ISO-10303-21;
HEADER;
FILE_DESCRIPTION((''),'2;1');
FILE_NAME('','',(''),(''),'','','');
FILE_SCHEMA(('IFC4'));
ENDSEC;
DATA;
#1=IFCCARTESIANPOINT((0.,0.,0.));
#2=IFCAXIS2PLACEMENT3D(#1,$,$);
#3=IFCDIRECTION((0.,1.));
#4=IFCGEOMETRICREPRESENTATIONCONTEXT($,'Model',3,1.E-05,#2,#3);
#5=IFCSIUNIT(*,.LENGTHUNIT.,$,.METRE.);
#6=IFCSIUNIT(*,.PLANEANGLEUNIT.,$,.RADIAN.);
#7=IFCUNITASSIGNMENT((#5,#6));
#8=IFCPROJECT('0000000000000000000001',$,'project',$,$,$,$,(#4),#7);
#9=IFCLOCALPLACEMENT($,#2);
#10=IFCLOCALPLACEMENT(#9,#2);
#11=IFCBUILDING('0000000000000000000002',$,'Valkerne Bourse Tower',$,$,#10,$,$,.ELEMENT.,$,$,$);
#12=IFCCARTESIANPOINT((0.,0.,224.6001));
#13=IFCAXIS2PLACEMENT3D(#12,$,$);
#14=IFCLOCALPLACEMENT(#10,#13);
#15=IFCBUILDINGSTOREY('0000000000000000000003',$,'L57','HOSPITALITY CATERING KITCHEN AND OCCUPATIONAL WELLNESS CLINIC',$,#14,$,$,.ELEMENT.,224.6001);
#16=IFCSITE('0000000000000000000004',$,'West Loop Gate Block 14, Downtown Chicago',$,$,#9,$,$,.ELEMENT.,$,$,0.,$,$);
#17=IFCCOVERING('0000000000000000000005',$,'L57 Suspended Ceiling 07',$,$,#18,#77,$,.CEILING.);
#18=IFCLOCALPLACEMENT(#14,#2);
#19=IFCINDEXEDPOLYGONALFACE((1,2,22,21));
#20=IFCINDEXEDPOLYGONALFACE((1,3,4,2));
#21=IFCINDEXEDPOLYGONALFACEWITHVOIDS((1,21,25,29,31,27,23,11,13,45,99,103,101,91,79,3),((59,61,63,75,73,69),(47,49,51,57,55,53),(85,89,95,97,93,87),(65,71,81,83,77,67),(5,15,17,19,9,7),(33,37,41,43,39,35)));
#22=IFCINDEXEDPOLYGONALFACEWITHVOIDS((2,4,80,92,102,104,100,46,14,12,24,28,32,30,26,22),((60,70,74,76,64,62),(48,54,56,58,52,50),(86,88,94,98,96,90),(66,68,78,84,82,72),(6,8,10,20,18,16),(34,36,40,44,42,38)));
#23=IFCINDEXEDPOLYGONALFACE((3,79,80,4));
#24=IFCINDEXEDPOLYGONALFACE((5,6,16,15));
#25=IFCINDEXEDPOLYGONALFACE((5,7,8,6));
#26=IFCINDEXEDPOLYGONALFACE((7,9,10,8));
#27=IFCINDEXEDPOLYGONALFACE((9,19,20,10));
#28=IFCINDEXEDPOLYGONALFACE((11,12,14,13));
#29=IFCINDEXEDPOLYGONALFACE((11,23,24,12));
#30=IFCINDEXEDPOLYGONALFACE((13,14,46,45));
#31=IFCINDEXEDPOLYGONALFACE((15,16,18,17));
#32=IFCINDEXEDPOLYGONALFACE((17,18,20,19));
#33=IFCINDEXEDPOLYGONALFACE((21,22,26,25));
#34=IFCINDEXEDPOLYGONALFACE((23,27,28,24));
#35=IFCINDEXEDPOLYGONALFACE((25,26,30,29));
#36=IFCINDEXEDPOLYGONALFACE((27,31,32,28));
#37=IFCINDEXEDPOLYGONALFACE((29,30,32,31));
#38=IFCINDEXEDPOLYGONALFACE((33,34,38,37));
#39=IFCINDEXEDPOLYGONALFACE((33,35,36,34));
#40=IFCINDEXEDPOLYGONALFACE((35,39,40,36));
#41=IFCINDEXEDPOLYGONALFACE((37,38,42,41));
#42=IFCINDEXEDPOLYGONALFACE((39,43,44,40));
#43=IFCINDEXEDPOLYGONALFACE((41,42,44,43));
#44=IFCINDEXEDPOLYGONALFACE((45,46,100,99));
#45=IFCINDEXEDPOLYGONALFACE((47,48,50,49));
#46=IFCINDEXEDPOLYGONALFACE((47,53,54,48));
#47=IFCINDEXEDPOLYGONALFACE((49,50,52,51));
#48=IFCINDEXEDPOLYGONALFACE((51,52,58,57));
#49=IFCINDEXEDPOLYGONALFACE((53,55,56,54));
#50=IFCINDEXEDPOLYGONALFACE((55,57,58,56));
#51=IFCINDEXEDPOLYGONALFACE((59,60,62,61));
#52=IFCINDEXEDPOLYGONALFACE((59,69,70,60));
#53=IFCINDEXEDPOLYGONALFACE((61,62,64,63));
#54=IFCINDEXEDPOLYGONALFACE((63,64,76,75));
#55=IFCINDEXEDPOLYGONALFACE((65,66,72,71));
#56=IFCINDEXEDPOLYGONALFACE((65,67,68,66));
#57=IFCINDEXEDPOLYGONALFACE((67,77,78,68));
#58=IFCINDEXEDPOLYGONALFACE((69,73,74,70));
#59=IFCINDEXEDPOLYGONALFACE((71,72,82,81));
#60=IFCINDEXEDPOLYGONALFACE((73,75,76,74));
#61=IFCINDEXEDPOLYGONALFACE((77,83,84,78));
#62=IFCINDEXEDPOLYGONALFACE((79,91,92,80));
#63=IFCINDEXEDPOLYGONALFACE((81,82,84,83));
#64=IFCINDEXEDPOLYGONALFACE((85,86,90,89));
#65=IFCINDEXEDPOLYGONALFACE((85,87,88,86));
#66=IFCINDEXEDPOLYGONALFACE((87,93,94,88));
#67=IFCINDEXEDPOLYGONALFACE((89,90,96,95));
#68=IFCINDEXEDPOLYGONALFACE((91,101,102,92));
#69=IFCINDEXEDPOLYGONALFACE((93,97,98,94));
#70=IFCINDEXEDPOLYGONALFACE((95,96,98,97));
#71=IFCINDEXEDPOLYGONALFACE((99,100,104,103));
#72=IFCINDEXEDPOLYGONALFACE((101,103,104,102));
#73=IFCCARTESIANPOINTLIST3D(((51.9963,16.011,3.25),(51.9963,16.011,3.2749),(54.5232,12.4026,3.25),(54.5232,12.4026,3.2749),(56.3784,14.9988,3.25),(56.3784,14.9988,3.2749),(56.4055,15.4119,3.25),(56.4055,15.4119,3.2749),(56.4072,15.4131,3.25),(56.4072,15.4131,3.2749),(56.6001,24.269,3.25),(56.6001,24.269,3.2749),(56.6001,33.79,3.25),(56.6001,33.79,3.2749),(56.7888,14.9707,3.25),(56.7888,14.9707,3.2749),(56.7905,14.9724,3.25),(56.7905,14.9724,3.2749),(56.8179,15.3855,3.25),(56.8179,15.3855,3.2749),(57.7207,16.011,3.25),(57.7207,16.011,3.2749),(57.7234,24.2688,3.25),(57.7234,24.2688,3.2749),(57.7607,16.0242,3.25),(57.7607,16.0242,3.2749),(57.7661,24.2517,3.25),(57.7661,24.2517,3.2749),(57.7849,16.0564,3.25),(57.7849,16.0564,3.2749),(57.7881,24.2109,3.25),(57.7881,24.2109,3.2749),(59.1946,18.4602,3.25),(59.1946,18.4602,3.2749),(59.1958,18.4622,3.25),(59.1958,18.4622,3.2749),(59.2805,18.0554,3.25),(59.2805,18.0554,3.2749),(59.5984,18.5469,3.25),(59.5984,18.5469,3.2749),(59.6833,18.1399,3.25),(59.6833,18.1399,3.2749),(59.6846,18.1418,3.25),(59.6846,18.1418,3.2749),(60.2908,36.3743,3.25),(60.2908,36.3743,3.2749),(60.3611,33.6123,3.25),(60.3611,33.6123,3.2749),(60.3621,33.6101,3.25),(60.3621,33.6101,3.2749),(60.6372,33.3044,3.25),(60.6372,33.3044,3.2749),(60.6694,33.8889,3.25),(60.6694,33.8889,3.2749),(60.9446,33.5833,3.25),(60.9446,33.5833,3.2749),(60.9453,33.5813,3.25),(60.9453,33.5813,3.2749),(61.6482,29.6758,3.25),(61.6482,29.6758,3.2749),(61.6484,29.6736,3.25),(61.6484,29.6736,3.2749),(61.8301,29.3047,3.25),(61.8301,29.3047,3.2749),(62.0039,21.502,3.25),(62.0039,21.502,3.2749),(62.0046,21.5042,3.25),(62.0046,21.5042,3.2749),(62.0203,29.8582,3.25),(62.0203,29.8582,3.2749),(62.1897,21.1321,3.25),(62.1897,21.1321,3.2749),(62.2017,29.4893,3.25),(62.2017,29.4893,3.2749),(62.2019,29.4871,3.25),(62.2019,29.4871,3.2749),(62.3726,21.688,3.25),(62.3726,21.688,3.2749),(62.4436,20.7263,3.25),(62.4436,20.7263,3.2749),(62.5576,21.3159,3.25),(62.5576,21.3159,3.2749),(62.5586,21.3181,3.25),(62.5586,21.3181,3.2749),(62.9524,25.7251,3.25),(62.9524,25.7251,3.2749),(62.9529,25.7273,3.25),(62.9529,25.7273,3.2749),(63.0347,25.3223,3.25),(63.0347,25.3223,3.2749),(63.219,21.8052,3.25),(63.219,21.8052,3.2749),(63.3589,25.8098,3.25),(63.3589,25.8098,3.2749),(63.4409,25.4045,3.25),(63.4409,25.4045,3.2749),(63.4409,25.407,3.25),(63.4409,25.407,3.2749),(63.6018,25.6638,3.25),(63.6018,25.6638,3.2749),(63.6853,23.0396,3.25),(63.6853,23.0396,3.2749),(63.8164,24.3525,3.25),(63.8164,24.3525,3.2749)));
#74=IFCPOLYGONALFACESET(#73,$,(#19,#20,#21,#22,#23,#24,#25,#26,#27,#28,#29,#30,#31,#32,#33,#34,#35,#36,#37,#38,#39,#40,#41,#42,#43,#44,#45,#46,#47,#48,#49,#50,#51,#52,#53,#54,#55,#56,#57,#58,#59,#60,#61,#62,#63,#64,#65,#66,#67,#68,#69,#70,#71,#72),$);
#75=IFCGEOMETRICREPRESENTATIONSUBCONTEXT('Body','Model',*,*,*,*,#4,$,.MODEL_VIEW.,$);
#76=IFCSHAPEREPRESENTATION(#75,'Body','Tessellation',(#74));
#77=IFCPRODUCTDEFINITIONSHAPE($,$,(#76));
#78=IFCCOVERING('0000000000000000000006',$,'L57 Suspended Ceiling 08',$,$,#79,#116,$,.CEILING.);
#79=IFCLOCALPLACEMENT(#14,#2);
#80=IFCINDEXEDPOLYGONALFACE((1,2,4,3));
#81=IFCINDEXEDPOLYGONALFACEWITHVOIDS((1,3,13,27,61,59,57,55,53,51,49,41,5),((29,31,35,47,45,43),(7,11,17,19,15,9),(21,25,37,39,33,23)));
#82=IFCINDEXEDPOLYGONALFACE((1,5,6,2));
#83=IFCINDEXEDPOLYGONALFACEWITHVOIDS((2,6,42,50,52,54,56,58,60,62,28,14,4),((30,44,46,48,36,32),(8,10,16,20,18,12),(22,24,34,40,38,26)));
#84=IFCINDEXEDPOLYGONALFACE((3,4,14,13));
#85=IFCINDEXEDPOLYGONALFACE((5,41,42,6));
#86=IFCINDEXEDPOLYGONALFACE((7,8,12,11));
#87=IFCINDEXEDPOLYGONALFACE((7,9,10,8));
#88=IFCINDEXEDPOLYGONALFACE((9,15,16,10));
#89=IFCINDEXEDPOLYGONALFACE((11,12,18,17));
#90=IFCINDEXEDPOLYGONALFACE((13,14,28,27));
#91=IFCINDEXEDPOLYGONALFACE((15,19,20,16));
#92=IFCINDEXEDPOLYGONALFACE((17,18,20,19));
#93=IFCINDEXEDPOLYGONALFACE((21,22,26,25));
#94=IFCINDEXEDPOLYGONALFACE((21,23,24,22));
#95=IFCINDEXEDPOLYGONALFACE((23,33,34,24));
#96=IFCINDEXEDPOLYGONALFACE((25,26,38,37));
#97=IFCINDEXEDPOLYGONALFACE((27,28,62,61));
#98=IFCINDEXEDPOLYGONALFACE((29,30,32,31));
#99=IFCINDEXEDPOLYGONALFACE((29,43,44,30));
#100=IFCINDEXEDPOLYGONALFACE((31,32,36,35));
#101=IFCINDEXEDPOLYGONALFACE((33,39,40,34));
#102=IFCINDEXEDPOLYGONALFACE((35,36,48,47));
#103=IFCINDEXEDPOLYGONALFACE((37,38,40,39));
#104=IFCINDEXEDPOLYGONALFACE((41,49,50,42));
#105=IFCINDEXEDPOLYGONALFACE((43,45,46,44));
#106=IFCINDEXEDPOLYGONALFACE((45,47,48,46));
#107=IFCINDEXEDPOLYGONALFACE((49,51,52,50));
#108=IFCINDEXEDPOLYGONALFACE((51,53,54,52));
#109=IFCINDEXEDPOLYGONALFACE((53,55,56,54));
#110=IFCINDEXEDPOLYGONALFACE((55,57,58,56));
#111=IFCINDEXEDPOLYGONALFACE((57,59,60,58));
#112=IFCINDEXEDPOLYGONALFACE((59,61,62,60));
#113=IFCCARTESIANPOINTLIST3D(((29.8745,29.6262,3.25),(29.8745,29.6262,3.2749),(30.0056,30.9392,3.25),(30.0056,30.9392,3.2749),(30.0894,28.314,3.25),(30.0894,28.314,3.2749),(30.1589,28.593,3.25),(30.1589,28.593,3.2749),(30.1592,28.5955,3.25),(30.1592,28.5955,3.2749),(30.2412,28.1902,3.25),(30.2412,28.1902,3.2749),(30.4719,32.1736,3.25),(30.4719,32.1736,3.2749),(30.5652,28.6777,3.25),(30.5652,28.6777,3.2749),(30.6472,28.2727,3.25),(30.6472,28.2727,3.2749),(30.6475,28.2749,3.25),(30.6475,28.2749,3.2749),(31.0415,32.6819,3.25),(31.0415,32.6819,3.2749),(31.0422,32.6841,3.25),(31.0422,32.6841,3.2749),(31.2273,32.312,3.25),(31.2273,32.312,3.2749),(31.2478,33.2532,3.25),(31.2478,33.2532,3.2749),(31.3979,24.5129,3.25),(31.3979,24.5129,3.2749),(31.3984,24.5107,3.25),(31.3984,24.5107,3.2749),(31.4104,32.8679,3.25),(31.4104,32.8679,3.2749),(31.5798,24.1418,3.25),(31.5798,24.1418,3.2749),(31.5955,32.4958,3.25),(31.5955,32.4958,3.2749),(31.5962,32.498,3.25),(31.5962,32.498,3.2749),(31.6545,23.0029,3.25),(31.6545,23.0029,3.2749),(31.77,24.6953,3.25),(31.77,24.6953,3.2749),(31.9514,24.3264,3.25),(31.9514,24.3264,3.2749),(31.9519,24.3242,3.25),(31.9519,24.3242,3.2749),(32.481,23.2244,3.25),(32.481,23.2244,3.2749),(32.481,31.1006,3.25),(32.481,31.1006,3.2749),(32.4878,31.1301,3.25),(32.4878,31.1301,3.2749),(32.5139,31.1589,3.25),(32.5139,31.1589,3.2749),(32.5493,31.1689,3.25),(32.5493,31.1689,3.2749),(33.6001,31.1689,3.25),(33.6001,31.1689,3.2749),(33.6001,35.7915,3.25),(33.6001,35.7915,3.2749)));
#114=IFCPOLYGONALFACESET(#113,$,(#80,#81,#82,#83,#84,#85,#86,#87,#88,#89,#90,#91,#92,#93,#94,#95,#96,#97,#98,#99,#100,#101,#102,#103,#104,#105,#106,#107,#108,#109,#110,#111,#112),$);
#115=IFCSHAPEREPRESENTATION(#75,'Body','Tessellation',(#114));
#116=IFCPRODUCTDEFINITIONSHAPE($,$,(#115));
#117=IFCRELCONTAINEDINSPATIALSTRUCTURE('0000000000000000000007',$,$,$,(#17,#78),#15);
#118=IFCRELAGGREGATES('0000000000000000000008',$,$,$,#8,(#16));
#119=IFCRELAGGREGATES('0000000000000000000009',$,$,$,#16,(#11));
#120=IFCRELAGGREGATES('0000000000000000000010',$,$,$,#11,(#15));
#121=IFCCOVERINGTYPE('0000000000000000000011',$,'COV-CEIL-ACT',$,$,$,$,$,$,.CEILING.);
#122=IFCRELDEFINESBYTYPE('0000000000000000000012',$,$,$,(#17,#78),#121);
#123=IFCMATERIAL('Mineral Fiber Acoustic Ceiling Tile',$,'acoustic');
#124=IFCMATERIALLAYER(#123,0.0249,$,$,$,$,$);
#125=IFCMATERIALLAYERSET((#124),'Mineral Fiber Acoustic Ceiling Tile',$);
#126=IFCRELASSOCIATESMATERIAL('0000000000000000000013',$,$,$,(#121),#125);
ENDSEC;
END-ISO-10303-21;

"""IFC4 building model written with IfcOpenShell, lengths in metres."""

from ifc_helpers import new_model, si_unit, direction, frame, origin, place, context, subcontext, project, spatial, polyline, outline, extrude, material, layer, layer_set, type_object, element, save


model = new_model("IFC4")

# Units and contexts
model_context = context("Model", 3, precision=1e-05, world=origin(), true_north=direction((0.0, 1.0)))
body_context = subcontext(model_context, "Body", "Model", "MODEL_VIEW")
ifc_project = project(units=[si_unit("LENGTHUNIT", "METRE"), si_unit("PLANEANGLEUNIT", "RADIAN")], contexts=[model_context])

# Site, building, storey
site_placement = place(None, origin())
site = spatial("IfcSite", under=ifc_project, at=site_placement, Name="West Loop Gate Block 14, Downtown Chicago", CompositionType="ELEMENT", RefElevation=0.0)
building_placement = place(site_placement, origin())
building = spatial("IfcBuilding", under=site, at=building_placement, Name="Valkerne Bourse Tower", CompositionType="ELEMENT")
storey_placement = place(building_placement, frame((0.0, 0.0, 224.6001)))
storey = spatial("IfcBuildingStorey", under=building, at=storey_placement, Name="L57", Description="HOSPITALITY CATERING KITCHEN AND OCCUPATIONAL WELLNESS CLINIC", CompositionType="ELEMENT", Elevation=224.6001)

# Coverings
ifc_material_1 = material(Name="Mineral Fiber Acoustic Ceiling Tile", Category="acoustic")
ifc_layer_1 = layer(ifc_material_1, 0.0249)
ifc_layer_set_1 = layer_set([ifc_layer_1], Name="Mineral Fiber Acoustic Ceiling Tile")
covering_type_1 = type_object("IfcCoveringType", Name="COV-CEIL-ACT", PredefinedType="CEILING", material=ifc_layer_set_1)
covering_1_placement = place(storey_placement, frame((0.0, 0.0, 3.25)))
element("IfcCovering", 1, at=covering_1_placement, inside=storey, type_object=covering_type_1, Name="L57 Suspended Ceiling 07", PredefinedType="CEILING", context=body_context, shape_type="SweptSolid", body=[
    extrude(outline(polyline([(63.219, 21.8052), (62.4436, 20.7263), (54.5232, 12.4026), (51.9963, 16.011), (57.7207, 16.011), (57.7607, 16.0242), (57.7849, 16.0564), (57.7881, 24.2109), (57.7661, 24.2517), (57.7234, 24.2688), (56.6001, 24.269), (56.6001, 33.79), (60.2908, 36.3743), (63.6018, 25.6638), (63.8164, 24.3525), (63.6853, 23.0396), (63.219, 21.8052)]), holes=[polyline([(56.8179, 15.3855), (56.4072, 15.4131), (56.4055, 15.4119), (56.3784, 14.9988), (56.7888, 14.9707), (56.7905, 14.9724), (56.8179, 15.3855)]), polyline([(59.6846, 18.1418), (59.5984, 18.5469), (59.1958, 18.4622), (59.1946, 18.4602), (59.2805, 18.0554), (59.6833, 18.1399), (59.6846, 18.1418)]), polyline([(62.5586, 21.3181), (62.3726, 21.688), (62.0046, 21.5042), (62.0039, 21.502), (62.1897, 21.1321), (62.5576, 21.3159), (62.5586, 21.3181)]), polyline([(63.4409, 25.4045), (63.4409, 25.407), (63.3589, 25.8098), (62.9529, 25.7273), (62.9524, 25.7251), (63.0347, 25.3223), (63.4409, 25.4045)]), polyline([(62.2017, 29.4893), (62.0203, 29.8582), (61.6482, 29.6758), (61.6484, 29.6736), (61.8301, 29.3047), (62.2019, 29.4871), (62.2017, 29.4893)]), polyline([(60.9446, 33.5833), (60.6694, 33.8889), (60.3611, 33.6123), (60.3621, 33.6101), (60.6372, 33.3044), (60.9453, 33.5813), (60.9446, 33.5833)])]), origin(), (0.0, 0.0, 1.0), 0.0249),
])
covering_2_placement = place(storey_placement, frame((0.0, 0.0, 3.25)))
element("IfcCovering", 2, at=covering_2_placement, inside=storey, type_object=covering_type_1, Name="L57 Suspended Ceiling 08", PredefinedType="CEILING", context=body_context, shape_type="SweptSolid", body=[
    extrude(outline(polyline([(30.0056, 30.9392), (30.4719, 32.1736), (31.2478, 33.2532), (33.6001, 35.7915), (33.6001, 31.1689), (32.5493, 31.1689), (32.5139, 31.1589), (32.4878, 31.1301), (32.481, 31.1006), (32.481, 23.2244), (31.6545, 23.0029), (30.0894, 28.314), (29.8745, 29.6262), (30.0056, 30.9392)]), holes=[polyline([(31.9514, 24.3264), (31.77, 24.6953), (31.3979, 24.5129), (31.3984, 24.5107), (31.5798, 24.1418), (31.9519, 24.3242), (31.9514, 24.3264)]), polyline([(30.6475, 28.2749), (30.5652, 28.6777), (30.1592, 28.5955), (30.1589, 28.593), (30.2412, 28.1902), (30.6472, 28.2727), (30.6475, 28.2749)]), polyline([(31.5962, 32.498), (31.4104, 32.8679), (31.0422, 32.6841), (31.0415, 32.6819), (31.2273, 32.312), (31.5955, 32.4958), (31.5962, 32.498)])]), origin(), (0.0, 0.0, 1.0), 0.0249),
])

save(model, "model.ifc")
